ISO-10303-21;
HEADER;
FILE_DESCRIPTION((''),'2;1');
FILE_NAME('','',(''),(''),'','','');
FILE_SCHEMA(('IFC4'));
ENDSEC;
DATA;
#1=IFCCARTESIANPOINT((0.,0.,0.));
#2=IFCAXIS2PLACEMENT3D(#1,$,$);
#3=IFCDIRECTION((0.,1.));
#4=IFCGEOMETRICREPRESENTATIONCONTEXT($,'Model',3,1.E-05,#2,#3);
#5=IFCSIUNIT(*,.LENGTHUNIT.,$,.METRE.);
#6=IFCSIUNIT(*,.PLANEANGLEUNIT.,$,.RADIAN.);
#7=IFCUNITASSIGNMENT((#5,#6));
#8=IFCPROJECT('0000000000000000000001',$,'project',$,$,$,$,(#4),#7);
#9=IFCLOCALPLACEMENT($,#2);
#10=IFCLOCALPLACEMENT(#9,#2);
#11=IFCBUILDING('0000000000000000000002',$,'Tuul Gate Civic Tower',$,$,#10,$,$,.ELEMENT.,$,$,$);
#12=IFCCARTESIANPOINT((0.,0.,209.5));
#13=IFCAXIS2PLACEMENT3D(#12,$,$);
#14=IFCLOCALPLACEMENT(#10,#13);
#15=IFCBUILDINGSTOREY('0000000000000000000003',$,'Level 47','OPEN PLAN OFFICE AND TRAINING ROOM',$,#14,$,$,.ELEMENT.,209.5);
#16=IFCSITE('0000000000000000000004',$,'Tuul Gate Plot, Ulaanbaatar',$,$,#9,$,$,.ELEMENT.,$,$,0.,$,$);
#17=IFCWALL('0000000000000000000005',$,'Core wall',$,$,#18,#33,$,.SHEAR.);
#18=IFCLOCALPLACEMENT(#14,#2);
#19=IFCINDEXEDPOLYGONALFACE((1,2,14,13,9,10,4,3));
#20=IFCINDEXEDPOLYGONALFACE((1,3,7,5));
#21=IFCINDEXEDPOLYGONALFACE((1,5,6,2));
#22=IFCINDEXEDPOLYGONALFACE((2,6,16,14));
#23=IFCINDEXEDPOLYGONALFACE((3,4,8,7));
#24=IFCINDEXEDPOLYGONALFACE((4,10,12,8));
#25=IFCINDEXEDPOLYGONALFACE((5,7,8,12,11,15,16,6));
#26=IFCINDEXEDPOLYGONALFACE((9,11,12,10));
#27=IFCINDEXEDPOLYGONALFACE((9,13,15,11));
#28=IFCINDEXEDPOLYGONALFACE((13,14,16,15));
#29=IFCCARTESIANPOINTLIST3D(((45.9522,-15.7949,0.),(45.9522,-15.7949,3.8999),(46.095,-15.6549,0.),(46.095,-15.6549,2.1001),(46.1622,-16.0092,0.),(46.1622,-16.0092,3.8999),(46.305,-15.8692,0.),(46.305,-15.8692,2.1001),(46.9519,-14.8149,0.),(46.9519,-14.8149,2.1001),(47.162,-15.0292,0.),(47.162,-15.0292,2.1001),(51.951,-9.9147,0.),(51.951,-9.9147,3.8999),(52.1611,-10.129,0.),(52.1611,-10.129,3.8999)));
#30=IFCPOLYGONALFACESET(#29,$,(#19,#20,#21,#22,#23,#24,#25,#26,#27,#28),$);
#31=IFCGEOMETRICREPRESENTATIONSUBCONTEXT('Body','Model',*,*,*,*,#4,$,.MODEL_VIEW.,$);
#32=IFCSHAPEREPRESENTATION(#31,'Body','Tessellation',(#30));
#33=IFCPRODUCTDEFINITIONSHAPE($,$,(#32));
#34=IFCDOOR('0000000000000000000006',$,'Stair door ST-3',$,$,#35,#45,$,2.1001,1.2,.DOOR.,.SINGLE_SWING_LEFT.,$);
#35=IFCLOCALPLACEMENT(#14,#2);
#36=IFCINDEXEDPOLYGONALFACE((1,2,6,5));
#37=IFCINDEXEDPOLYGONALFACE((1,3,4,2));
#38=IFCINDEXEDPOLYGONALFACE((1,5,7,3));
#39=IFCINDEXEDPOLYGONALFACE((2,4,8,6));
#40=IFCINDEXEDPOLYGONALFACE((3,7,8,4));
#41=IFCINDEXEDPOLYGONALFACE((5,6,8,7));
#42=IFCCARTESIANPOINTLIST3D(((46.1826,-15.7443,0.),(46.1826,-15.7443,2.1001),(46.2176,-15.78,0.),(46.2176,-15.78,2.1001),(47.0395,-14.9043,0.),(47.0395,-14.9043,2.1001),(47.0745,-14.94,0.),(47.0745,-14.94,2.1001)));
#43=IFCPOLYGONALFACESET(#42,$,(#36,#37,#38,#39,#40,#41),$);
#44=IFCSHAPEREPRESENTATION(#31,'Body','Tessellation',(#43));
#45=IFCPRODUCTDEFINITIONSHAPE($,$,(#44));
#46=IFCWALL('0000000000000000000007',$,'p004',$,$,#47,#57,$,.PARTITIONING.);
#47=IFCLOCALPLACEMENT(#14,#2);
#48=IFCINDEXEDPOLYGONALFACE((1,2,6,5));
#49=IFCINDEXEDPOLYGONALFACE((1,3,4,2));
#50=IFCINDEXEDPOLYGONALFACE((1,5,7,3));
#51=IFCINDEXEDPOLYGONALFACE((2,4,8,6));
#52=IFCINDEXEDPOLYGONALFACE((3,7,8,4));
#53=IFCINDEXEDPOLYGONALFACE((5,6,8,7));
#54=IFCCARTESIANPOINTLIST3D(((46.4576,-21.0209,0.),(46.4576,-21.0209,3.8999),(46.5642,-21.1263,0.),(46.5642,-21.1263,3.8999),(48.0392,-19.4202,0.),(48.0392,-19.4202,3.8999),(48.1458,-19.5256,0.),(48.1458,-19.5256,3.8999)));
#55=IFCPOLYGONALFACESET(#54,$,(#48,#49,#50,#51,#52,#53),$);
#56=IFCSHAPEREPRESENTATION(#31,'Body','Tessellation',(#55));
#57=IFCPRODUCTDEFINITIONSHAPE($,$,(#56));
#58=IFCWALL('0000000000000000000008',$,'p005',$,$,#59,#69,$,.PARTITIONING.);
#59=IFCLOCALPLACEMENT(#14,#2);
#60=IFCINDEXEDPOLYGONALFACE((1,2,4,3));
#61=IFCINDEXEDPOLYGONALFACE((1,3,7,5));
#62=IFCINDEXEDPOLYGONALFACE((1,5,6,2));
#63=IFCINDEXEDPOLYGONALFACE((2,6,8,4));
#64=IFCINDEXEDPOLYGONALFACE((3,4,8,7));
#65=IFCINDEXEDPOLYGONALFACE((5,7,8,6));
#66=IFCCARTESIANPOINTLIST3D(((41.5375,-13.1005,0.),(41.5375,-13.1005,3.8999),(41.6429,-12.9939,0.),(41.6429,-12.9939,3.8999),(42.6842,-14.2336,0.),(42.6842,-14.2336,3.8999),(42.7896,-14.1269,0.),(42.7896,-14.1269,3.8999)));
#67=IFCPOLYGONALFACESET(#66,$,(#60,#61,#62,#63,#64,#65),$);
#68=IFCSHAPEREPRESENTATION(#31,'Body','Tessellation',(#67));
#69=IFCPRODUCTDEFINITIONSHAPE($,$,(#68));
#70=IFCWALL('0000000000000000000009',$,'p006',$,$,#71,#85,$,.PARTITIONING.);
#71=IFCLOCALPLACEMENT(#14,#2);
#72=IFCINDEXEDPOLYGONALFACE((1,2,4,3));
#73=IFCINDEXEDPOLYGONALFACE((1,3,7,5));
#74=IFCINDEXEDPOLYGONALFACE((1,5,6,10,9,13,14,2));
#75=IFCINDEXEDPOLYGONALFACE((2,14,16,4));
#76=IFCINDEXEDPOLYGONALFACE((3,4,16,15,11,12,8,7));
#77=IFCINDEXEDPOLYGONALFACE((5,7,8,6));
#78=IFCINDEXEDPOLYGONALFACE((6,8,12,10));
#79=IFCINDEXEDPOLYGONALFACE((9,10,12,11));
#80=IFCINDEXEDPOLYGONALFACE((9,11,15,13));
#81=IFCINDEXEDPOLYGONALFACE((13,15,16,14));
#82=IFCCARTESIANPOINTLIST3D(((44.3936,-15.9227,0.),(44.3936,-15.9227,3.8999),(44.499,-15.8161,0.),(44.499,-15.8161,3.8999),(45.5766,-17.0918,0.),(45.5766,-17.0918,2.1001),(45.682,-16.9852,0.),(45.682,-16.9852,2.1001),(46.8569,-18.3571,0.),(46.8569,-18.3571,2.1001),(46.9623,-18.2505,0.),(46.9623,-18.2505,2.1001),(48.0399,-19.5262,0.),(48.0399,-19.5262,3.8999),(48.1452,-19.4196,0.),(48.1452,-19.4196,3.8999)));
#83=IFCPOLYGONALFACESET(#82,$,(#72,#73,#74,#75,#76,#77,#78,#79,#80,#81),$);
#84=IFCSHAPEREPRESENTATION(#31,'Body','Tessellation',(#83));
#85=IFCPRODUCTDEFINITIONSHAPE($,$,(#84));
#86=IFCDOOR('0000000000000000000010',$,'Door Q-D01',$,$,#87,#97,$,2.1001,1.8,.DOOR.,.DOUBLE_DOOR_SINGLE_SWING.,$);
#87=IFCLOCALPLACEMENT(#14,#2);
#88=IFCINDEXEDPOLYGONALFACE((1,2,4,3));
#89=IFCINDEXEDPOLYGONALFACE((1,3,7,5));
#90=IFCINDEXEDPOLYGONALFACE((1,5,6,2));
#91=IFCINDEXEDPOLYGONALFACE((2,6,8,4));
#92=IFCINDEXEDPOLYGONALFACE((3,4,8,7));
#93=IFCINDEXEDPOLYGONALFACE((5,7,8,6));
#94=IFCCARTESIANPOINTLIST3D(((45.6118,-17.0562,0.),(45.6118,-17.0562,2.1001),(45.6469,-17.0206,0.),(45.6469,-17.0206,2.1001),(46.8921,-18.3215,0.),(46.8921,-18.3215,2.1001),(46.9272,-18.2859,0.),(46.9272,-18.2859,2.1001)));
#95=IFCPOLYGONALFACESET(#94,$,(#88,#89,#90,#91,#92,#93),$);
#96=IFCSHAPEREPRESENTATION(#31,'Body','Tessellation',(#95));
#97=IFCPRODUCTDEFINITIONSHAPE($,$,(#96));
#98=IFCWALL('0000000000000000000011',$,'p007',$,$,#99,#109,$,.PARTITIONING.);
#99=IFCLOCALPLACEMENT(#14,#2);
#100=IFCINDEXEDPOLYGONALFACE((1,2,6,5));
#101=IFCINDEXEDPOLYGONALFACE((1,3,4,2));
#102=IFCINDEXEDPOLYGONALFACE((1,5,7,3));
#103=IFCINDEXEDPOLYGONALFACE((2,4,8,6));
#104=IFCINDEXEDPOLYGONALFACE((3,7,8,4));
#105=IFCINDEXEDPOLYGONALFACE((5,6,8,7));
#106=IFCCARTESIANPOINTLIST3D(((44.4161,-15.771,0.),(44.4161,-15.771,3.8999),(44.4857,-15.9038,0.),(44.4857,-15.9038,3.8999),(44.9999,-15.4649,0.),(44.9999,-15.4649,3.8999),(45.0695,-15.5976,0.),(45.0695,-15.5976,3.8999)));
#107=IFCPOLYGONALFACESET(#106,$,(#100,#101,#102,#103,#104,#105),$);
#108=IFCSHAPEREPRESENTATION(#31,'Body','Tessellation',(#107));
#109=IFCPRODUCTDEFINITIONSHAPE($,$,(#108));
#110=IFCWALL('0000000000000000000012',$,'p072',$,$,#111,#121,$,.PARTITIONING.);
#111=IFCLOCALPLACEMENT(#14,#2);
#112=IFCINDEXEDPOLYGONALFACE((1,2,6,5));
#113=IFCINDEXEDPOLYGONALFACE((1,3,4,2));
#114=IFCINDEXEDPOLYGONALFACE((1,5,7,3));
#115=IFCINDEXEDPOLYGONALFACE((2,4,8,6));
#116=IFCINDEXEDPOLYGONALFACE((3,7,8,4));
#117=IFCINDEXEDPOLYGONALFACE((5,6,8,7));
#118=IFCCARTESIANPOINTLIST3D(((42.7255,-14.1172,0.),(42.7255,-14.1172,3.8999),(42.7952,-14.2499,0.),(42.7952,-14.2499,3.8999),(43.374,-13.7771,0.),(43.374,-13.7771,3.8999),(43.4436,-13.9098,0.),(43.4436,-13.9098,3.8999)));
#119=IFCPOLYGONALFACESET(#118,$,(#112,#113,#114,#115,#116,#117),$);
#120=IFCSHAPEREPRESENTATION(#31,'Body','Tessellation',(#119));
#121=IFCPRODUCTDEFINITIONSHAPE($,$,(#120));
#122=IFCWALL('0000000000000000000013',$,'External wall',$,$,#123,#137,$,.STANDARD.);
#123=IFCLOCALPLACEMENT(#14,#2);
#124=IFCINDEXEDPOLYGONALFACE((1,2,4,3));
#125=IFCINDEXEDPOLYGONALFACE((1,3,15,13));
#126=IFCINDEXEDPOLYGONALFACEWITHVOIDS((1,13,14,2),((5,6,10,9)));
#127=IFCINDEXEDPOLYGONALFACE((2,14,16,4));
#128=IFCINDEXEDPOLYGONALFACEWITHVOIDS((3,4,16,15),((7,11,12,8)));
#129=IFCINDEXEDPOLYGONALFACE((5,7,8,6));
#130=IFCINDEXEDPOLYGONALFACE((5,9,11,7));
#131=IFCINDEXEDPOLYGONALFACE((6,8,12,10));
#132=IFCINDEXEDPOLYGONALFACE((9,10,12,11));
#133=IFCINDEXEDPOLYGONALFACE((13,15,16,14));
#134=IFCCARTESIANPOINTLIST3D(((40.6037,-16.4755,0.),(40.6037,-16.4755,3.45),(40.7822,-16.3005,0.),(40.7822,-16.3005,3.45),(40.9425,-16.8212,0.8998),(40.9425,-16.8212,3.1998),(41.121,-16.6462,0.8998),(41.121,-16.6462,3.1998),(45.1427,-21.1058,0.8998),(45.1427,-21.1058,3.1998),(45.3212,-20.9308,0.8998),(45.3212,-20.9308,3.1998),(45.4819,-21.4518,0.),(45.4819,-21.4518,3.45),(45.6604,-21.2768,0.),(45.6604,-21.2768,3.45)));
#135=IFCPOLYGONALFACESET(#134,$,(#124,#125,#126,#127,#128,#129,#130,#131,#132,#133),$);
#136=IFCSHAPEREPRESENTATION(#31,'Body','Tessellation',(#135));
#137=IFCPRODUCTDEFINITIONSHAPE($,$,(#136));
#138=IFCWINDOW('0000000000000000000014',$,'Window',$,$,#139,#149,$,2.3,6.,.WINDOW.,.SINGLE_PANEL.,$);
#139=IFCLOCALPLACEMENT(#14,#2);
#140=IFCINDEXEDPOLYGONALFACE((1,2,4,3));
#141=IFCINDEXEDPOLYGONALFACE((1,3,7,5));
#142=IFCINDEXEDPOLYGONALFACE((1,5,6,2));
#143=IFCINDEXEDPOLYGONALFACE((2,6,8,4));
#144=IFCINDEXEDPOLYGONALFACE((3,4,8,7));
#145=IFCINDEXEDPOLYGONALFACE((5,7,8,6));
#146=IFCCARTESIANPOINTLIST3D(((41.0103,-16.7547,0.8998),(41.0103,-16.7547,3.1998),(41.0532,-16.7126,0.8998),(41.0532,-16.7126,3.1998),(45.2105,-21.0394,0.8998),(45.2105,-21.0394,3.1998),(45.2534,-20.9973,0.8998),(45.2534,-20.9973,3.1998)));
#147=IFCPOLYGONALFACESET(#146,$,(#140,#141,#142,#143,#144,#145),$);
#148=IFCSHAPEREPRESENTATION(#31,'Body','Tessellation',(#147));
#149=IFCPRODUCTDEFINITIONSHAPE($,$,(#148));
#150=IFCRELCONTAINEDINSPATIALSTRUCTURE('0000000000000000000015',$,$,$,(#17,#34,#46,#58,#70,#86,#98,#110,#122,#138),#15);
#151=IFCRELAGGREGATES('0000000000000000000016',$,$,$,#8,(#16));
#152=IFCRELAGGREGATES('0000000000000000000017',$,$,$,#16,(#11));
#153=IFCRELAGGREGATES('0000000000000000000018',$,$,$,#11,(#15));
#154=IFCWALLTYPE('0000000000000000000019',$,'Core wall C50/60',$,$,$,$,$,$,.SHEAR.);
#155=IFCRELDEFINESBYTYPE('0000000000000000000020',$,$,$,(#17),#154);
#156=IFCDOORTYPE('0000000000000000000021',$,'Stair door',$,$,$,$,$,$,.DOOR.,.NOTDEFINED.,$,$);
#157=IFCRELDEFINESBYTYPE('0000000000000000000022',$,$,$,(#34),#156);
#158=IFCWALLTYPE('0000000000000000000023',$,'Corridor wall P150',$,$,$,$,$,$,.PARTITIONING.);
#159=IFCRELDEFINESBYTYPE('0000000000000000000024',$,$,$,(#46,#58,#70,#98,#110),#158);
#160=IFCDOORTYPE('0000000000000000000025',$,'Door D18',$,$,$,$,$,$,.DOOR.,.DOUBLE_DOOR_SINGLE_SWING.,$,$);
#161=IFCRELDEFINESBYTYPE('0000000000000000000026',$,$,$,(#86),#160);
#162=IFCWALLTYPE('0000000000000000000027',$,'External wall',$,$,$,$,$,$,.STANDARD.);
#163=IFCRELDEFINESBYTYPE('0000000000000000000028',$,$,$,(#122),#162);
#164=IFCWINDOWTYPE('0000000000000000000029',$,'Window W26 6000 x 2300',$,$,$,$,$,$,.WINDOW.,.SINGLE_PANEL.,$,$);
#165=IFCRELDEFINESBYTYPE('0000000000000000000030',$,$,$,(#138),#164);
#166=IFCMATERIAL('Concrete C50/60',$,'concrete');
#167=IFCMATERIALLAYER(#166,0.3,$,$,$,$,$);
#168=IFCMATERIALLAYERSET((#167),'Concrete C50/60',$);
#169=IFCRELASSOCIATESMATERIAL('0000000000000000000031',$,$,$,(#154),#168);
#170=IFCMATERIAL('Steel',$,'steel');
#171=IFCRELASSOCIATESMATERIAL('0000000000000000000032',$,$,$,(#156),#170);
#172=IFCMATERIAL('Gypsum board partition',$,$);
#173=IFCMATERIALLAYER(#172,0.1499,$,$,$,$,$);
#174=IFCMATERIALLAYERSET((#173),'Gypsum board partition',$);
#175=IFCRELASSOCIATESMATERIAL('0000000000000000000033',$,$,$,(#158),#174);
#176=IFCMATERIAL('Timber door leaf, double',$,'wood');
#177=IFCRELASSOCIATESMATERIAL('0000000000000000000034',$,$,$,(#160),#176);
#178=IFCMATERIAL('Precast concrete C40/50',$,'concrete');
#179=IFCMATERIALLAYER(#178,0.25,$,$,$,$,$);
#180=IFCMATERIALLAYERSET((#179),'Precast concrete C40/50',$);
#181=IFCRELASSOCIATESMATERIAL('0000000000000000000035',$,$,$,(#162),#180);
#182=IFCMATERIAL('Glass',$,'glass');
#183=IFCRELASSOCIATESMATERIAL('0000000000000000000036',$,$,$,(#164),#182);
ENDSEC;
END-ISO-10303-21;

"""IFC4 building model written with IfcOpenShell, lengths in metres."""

from ifc_helpers import new_model, si_unit, direction, frame, frame_2d, origin, place, context, subcontext, project, spatial, rectangle, extrude, material, layer, layer_set, type_object, element, fill, save


model = new_model("IFC4")

# Units and contexts
model_context = context("Model", 3, precision=1e-05, world=origin(), true_north=direction((0.0, 1.0)))
body_context = subcontext(model_context, "Body", "Model", "MODEL_VIEW")
ifc_project = project(units=[si_unit("LENGTHUNIT", "METRE"), si_unit("PLANEANGLEUNIT", "RADIAN")], contexts=[model_context])

# Site, building, storey
site_placement = place(None, origin())
site = spatial("IfcSite", under=ifc_project, at=site_placement, Name="Tuul Gate Plot, Ulaanbaatar", CompositionType="ELEMENT", RefElevation=0.0)
building_placement = place(site_placement, origin())
building = spatial("IfcBuilding", under=site, at=building_placement, Name="Tuul Gate Civic Tower", CompositionType="ELEMENT")
storey_placement = place(building_placement, frame((0.0, 0.0, 209.5)))
storey = spatial("IfcBuildingStorey", under=building, at=storey_placement, Name="Level 47", Description="OPEN PLAN OFFICE AND TRAINING ROOM", CompositionType="ELEMENT", Elevation=209.5)

# Shared definitions
ifc_material_1 = material(Name="Concrete C50/60", Category="concrete")
ifc_layer_1 = layer(ifc_material_1, 0.3)
ifc_layer_set_1 = layer_set([ifc_layer_1], Name="Concrete C50/60")
wall_type_1 = type_object("IfcWallType", Name="Core wall C50/60", PredefinedType="SHEAR", material=ifc_layer_set_1)

# Wall, opening, door
wall_1_placement = place(storey_placement, frame((46.0571, -15.9021, 0.0), z_axis=(0.0, 0.0, 1.0), x_axis=(0.714134, 0.700009, 0.0)))
wall_1 = element("IfcWall", 1, at=wall_1_placement, inside=storey, type_object=wall_type_1, Name="Core wall", PredefinedType="SHEAR", context=body_context, shape_type="SweptSolid", body=[
    extrude(rectangle(XDim=8.4001, YDim=0.3, at=frame_2d((4.2002, 0.0))), origin(), (0.0, 0.0, 1.0), 3.8999),
])
opening_1_placement = place(wall_1_placement, frame((0.2, 0.0, 0.0)))
opening_1 = element("IfcOpeningElement", 2, at=opening_1_placement, cuts=wall_1, PredefinedType="OPENING", context=body_context, shape_type="SweptSolid", body=[
    extrude(rectangle(XDim=1.2, YDim=2.1001, at=frame_2d((0.6001, 1.05))), frame((0.0, 0.1602, 0.0), z_axis=(0.0, -1.0, 0.0), x_axis=(1.0, 0.0, 0.0)), (0.0, 0.0, 1.0), 0.3201),
])
ifc_material_2 = material(Name="Steel", Category="steel")
door_type_1 = type_object("IfcDoorType", Name="Stair door", OperationType="NOTDEFINED", PredefinedType="DOOR", material=ifc_material_2)
door_1_placement = place(opening_1_placement, origin())
door_1 = element("IfcDoor", 3, at=door_1_placement, inside=storey, type_object=door_type_1, Name="Stair door ST-3", OperationType="SINGLE_SWING_LEFT", OverallHeight=2.1001, OverallWidth=1.2, PredefinedType="DOOR", context=body_context, shape_type="SweptSolid", body=[
    extrude(rectangle(XDim=1.2, YDim=2.1001, at=frame_2d((0.6001, 1.05))), frame((0.0, 0.0249, 0.0), z_axis=(0.0, -1.0, 0.0), x_axis=(1.0, 0.0, 0.0)), (0.0, 0.0, 1.0), 0.05),
])
fill(opening_1, door_1)

# Walls
ifc_material_3 = material(Name="Gypsum board partition")
ifc_layer_2 = layer(ifc_material_3, 0.1499)
ifc_layer_set_2 = layer_set([ifc_layer_2], Name="Gypsum board partition")
wall_type_2 = type_object("IfcWallType", Name="Corridor wall P150", PredefinedType="PARTITIONING", material=ifc_layer_set_2)
wall_2_placement = place(storey_placement, frame((46.511, -21.0735, 0.0), z_axis=(0.0, 0.0, 1.0), x_axis=(0.702863, 0.711326, 0.0)))
element("IfcWall", 4, at=wall_2_placement, inside=storey, type_object=wall_type_2, Name="p004", PredefinedType="PARTITIONING", context=body_context, shape_type="SweptSolid", body=[
    extrude(rectangle(XDim=2.2502, YDim=0.1499, at=frame_2d((1.125, 0.0))), origin(), (0.0, 0.0, 1.0), 3.8999),
])
wall_3_placement = place(storey_placement, frame((41.5901, -13.0471, 0.0), z_axis=(0.0, 0.0, 1.0), x_axis=(0.711335, -0.702854, 0.0)))
element("IfcWall", 5, at=wall_3_placement, inside=storey, type_object=wall_type_2, Name="p005", PredefinedType="PARTITIONING", context=body_context, shape_type="SweptSolid", body=[
    extrude(rectangle(XDim=1.6121, YDim=0.1499, at=frame_2d((0.8062, 0.0))), origin(), (0.0, 0.0, 1.0), 3.8999),
])

# Wall, opening, door
wall_4_placement = place(storey_placement, frame((44.4463, -15.8694, 0.0), z_axis=(0.0, 0.0, 1.0), x_axis=(0.711262, -0.702927, 0.0)))
wall_4 = element("IfcWall", 6, at=wall_4_placement, inside=storey, type_object=wall_type_2, Name="p006", PredefinedType="PARTITIONING", context=body_context, shape_type="SweptSolid", body=[
    extrude(rectangle(XDim=5.1265, YDim=0.1499, at=frame_2d((2.5632, 0.0))), origin(), (0.0, 0.0, 1.0), 3.8999),
])
opening_2_placement = place(wall_4_placement, frame((1.6633, 0.0, 0.0)))
opening_2 = element("IfcOpeningElement", 7, at=opening_2_placement, cuts=wall_4, PredefinedType="OPENING", context=body_context, shape_type="SweptSolid", body=[
    extrude(rectangle(XDim=1.8, YDim=2.1001, at=frame_2d((0.8999, 1.05))), frame((0.0, 0.085, 0.0), z_axis=(0.0, -1.0, 0.0), x_axis=(1.0, 0.0, 0.0)), (0.0, 0.0, 1.0), 0.1699),
])
ifc_material_4 = material(Name="Timber door leaf, double", Category="wood")
door_type_2 = type_object("IfcDoorType", Name="Door D18", OperationType="DOUBLE_DOOR_SINGLE_SWING", PredefinedType="DOOR", material=ifc_material_4)
door_2_placement = place(opening_2_placement, frame((1.8, 0.0, 0.0), z_axis=(0.0, 0.0, 1.0), x_axis=(-1.0, 0.0, 0.0)))
door_2 = element("IfcDoor", 8, at=door_2_placement, inside=storey, type_object=door_type_2, Name="Door Q-D01", OperationType="DOUBLE_DOOR_SINGLE_SWING", OverallHeight=2.1001, OverallWidth=1.8, PredefinedType="DOOR", context=body_context, shape_type="SweptSolid", body=[
    extrude(rectangle(XDim=1.8, YDim=2.1001, at=frame_2d((0.9001, 1.05))), frame((0.0, 0.0249, 0.0), z_axis=(0.0, -1.0, 0.0), x_axis=(1.0, 0.0, 0.0)), (0.0, 0.0, 1.0), 0.05),
])
fill(opening_2, door_2)

# Walls
wall_5_placement = place(storey_placement, frame((44.4509, -15.8374, 0.0), z_axis=(0.0, 0.0, 1.0), x_axis=(0.885592, 0.464464, 0.0)))
element("IfcWall", 9, at=wall_5_placement, inside=storey, type_object=wall_type_2, Name="p007", PredefinedType="PARTITIONING", context=body_context, shape_type="SweptSolid", body=[
    extrude(rectangle(XDim=0.6592, YDim=0.1499, at=frame_2d((0.3296, 0.0))), origin(), (0.0, 0.0, 1.0), 3.8999),
])
wall_6_placement = place(storey_placement, frame((42.7603, -14.1836, 0.0), z_axis=(0.0, 0.0, 1.0), x_axis=(0.88559, 0.464468, 0.0)))
element("IfcWall", 10, at=wall_6_placement, inside=storey, type_object=wall_type_2, Name="p072", PredefinedType="PARTITIONING", context=body_context, shape_type="SweptSolid", body=[
    extrude(rectangle(XDim=0.7322, YDim=0.1499, at=frame_2d((0.3662, 0.0))), origin(), (0.0, 0.0, 1.0), 3.8999),
])

# Wall, opening, window
ifc_material_5 = material(Name="Precast concrete C40/50", Category="concrete")
ifc_layer_3 = layer(ifc_material_5, 0.25)
ifc_layer_set_3 = layer_set([ifc_layer_3], Name="Precast concrete C40/50")
wall_type_3 = type_object("IfcWallType", Name="External wall", PredefinedType="STANDARD", material=ifc_layer_set_3)
wall_7_placement = place(storey_placement, frame((40.6929, -16.3879, 0.0), z_axis=(0.0, 0.0, 1.0), x_axis=(0.70003, -0.714114, 0.0)))
wall_7 = element("IfcWall", 11, at=wall_7_placement, inside=storey, type_object=wall_type_3, Name="External wall", PredefinedType="STANDARD", context=body_context, shape_type="SweptSolid", body=[
    extrude(rectangle(XDim=6.9685, YDim=0.25, at=frame_2d((3.4844, 0.0))), origin(), (0.0, 0.0, 1.0), 3.45),
])
opening_3_placement = place(wall_7_placement, frame((0.4841, 0.0, 0.8999)))
opening_3 = element("IfcOpeningElement", 12, at=opening_3_placement, cuts=wall_7, PredefinedType="OPENING", context=body_context, shape_type="SweptSolid", body=[
    extrude(rectangle(XDim=6.0, YDim=2.3, at=frame_2d((3.0, 1.1499))), frame((0.0, 0.135, 0.0), z_axis=(0.0, -1.0, 0.0), x_axis=(1.0, 0.0, 0.0)), (0.0, 0.0, 1.0), 0.27),
])
ifc_material_6 = material(Name="Glass", Category="glass")
window_type_1 = type_object("IfcWindowType", Name="Window W26 6000 x 2300", PartitioningType="SINGLE_PANEL", PredefinedType="WINDOW", material=ifc_material_6)
window_1_placement = place(opening_3_placement, origin())
window_1 = element("IfcWindow", 13, at=window_1_placement, inside=storey, type_object=window_type_1, Name="Window", OverallHeight=2.3, OverallWidth=6.0, PartitioningType="SINGLE_PANEL", PredefinedType="WINDOW", context=body_context, shape_type="SweptSolid", body=[
    extrude(rectangle(XDim=6.0, YDim=2.3, at=frame_2d((3.0, 1.1499))), frame((0.0, 0.03, 0.0), z_axis=(0.0, -1.0, 0.0), x_axis=(1.0, 0.0, 0.0)), (0.0, 0.0, 1.0), 0.0601),
])
fill(opening_3, window_1)

save(model, "model.ifc")
